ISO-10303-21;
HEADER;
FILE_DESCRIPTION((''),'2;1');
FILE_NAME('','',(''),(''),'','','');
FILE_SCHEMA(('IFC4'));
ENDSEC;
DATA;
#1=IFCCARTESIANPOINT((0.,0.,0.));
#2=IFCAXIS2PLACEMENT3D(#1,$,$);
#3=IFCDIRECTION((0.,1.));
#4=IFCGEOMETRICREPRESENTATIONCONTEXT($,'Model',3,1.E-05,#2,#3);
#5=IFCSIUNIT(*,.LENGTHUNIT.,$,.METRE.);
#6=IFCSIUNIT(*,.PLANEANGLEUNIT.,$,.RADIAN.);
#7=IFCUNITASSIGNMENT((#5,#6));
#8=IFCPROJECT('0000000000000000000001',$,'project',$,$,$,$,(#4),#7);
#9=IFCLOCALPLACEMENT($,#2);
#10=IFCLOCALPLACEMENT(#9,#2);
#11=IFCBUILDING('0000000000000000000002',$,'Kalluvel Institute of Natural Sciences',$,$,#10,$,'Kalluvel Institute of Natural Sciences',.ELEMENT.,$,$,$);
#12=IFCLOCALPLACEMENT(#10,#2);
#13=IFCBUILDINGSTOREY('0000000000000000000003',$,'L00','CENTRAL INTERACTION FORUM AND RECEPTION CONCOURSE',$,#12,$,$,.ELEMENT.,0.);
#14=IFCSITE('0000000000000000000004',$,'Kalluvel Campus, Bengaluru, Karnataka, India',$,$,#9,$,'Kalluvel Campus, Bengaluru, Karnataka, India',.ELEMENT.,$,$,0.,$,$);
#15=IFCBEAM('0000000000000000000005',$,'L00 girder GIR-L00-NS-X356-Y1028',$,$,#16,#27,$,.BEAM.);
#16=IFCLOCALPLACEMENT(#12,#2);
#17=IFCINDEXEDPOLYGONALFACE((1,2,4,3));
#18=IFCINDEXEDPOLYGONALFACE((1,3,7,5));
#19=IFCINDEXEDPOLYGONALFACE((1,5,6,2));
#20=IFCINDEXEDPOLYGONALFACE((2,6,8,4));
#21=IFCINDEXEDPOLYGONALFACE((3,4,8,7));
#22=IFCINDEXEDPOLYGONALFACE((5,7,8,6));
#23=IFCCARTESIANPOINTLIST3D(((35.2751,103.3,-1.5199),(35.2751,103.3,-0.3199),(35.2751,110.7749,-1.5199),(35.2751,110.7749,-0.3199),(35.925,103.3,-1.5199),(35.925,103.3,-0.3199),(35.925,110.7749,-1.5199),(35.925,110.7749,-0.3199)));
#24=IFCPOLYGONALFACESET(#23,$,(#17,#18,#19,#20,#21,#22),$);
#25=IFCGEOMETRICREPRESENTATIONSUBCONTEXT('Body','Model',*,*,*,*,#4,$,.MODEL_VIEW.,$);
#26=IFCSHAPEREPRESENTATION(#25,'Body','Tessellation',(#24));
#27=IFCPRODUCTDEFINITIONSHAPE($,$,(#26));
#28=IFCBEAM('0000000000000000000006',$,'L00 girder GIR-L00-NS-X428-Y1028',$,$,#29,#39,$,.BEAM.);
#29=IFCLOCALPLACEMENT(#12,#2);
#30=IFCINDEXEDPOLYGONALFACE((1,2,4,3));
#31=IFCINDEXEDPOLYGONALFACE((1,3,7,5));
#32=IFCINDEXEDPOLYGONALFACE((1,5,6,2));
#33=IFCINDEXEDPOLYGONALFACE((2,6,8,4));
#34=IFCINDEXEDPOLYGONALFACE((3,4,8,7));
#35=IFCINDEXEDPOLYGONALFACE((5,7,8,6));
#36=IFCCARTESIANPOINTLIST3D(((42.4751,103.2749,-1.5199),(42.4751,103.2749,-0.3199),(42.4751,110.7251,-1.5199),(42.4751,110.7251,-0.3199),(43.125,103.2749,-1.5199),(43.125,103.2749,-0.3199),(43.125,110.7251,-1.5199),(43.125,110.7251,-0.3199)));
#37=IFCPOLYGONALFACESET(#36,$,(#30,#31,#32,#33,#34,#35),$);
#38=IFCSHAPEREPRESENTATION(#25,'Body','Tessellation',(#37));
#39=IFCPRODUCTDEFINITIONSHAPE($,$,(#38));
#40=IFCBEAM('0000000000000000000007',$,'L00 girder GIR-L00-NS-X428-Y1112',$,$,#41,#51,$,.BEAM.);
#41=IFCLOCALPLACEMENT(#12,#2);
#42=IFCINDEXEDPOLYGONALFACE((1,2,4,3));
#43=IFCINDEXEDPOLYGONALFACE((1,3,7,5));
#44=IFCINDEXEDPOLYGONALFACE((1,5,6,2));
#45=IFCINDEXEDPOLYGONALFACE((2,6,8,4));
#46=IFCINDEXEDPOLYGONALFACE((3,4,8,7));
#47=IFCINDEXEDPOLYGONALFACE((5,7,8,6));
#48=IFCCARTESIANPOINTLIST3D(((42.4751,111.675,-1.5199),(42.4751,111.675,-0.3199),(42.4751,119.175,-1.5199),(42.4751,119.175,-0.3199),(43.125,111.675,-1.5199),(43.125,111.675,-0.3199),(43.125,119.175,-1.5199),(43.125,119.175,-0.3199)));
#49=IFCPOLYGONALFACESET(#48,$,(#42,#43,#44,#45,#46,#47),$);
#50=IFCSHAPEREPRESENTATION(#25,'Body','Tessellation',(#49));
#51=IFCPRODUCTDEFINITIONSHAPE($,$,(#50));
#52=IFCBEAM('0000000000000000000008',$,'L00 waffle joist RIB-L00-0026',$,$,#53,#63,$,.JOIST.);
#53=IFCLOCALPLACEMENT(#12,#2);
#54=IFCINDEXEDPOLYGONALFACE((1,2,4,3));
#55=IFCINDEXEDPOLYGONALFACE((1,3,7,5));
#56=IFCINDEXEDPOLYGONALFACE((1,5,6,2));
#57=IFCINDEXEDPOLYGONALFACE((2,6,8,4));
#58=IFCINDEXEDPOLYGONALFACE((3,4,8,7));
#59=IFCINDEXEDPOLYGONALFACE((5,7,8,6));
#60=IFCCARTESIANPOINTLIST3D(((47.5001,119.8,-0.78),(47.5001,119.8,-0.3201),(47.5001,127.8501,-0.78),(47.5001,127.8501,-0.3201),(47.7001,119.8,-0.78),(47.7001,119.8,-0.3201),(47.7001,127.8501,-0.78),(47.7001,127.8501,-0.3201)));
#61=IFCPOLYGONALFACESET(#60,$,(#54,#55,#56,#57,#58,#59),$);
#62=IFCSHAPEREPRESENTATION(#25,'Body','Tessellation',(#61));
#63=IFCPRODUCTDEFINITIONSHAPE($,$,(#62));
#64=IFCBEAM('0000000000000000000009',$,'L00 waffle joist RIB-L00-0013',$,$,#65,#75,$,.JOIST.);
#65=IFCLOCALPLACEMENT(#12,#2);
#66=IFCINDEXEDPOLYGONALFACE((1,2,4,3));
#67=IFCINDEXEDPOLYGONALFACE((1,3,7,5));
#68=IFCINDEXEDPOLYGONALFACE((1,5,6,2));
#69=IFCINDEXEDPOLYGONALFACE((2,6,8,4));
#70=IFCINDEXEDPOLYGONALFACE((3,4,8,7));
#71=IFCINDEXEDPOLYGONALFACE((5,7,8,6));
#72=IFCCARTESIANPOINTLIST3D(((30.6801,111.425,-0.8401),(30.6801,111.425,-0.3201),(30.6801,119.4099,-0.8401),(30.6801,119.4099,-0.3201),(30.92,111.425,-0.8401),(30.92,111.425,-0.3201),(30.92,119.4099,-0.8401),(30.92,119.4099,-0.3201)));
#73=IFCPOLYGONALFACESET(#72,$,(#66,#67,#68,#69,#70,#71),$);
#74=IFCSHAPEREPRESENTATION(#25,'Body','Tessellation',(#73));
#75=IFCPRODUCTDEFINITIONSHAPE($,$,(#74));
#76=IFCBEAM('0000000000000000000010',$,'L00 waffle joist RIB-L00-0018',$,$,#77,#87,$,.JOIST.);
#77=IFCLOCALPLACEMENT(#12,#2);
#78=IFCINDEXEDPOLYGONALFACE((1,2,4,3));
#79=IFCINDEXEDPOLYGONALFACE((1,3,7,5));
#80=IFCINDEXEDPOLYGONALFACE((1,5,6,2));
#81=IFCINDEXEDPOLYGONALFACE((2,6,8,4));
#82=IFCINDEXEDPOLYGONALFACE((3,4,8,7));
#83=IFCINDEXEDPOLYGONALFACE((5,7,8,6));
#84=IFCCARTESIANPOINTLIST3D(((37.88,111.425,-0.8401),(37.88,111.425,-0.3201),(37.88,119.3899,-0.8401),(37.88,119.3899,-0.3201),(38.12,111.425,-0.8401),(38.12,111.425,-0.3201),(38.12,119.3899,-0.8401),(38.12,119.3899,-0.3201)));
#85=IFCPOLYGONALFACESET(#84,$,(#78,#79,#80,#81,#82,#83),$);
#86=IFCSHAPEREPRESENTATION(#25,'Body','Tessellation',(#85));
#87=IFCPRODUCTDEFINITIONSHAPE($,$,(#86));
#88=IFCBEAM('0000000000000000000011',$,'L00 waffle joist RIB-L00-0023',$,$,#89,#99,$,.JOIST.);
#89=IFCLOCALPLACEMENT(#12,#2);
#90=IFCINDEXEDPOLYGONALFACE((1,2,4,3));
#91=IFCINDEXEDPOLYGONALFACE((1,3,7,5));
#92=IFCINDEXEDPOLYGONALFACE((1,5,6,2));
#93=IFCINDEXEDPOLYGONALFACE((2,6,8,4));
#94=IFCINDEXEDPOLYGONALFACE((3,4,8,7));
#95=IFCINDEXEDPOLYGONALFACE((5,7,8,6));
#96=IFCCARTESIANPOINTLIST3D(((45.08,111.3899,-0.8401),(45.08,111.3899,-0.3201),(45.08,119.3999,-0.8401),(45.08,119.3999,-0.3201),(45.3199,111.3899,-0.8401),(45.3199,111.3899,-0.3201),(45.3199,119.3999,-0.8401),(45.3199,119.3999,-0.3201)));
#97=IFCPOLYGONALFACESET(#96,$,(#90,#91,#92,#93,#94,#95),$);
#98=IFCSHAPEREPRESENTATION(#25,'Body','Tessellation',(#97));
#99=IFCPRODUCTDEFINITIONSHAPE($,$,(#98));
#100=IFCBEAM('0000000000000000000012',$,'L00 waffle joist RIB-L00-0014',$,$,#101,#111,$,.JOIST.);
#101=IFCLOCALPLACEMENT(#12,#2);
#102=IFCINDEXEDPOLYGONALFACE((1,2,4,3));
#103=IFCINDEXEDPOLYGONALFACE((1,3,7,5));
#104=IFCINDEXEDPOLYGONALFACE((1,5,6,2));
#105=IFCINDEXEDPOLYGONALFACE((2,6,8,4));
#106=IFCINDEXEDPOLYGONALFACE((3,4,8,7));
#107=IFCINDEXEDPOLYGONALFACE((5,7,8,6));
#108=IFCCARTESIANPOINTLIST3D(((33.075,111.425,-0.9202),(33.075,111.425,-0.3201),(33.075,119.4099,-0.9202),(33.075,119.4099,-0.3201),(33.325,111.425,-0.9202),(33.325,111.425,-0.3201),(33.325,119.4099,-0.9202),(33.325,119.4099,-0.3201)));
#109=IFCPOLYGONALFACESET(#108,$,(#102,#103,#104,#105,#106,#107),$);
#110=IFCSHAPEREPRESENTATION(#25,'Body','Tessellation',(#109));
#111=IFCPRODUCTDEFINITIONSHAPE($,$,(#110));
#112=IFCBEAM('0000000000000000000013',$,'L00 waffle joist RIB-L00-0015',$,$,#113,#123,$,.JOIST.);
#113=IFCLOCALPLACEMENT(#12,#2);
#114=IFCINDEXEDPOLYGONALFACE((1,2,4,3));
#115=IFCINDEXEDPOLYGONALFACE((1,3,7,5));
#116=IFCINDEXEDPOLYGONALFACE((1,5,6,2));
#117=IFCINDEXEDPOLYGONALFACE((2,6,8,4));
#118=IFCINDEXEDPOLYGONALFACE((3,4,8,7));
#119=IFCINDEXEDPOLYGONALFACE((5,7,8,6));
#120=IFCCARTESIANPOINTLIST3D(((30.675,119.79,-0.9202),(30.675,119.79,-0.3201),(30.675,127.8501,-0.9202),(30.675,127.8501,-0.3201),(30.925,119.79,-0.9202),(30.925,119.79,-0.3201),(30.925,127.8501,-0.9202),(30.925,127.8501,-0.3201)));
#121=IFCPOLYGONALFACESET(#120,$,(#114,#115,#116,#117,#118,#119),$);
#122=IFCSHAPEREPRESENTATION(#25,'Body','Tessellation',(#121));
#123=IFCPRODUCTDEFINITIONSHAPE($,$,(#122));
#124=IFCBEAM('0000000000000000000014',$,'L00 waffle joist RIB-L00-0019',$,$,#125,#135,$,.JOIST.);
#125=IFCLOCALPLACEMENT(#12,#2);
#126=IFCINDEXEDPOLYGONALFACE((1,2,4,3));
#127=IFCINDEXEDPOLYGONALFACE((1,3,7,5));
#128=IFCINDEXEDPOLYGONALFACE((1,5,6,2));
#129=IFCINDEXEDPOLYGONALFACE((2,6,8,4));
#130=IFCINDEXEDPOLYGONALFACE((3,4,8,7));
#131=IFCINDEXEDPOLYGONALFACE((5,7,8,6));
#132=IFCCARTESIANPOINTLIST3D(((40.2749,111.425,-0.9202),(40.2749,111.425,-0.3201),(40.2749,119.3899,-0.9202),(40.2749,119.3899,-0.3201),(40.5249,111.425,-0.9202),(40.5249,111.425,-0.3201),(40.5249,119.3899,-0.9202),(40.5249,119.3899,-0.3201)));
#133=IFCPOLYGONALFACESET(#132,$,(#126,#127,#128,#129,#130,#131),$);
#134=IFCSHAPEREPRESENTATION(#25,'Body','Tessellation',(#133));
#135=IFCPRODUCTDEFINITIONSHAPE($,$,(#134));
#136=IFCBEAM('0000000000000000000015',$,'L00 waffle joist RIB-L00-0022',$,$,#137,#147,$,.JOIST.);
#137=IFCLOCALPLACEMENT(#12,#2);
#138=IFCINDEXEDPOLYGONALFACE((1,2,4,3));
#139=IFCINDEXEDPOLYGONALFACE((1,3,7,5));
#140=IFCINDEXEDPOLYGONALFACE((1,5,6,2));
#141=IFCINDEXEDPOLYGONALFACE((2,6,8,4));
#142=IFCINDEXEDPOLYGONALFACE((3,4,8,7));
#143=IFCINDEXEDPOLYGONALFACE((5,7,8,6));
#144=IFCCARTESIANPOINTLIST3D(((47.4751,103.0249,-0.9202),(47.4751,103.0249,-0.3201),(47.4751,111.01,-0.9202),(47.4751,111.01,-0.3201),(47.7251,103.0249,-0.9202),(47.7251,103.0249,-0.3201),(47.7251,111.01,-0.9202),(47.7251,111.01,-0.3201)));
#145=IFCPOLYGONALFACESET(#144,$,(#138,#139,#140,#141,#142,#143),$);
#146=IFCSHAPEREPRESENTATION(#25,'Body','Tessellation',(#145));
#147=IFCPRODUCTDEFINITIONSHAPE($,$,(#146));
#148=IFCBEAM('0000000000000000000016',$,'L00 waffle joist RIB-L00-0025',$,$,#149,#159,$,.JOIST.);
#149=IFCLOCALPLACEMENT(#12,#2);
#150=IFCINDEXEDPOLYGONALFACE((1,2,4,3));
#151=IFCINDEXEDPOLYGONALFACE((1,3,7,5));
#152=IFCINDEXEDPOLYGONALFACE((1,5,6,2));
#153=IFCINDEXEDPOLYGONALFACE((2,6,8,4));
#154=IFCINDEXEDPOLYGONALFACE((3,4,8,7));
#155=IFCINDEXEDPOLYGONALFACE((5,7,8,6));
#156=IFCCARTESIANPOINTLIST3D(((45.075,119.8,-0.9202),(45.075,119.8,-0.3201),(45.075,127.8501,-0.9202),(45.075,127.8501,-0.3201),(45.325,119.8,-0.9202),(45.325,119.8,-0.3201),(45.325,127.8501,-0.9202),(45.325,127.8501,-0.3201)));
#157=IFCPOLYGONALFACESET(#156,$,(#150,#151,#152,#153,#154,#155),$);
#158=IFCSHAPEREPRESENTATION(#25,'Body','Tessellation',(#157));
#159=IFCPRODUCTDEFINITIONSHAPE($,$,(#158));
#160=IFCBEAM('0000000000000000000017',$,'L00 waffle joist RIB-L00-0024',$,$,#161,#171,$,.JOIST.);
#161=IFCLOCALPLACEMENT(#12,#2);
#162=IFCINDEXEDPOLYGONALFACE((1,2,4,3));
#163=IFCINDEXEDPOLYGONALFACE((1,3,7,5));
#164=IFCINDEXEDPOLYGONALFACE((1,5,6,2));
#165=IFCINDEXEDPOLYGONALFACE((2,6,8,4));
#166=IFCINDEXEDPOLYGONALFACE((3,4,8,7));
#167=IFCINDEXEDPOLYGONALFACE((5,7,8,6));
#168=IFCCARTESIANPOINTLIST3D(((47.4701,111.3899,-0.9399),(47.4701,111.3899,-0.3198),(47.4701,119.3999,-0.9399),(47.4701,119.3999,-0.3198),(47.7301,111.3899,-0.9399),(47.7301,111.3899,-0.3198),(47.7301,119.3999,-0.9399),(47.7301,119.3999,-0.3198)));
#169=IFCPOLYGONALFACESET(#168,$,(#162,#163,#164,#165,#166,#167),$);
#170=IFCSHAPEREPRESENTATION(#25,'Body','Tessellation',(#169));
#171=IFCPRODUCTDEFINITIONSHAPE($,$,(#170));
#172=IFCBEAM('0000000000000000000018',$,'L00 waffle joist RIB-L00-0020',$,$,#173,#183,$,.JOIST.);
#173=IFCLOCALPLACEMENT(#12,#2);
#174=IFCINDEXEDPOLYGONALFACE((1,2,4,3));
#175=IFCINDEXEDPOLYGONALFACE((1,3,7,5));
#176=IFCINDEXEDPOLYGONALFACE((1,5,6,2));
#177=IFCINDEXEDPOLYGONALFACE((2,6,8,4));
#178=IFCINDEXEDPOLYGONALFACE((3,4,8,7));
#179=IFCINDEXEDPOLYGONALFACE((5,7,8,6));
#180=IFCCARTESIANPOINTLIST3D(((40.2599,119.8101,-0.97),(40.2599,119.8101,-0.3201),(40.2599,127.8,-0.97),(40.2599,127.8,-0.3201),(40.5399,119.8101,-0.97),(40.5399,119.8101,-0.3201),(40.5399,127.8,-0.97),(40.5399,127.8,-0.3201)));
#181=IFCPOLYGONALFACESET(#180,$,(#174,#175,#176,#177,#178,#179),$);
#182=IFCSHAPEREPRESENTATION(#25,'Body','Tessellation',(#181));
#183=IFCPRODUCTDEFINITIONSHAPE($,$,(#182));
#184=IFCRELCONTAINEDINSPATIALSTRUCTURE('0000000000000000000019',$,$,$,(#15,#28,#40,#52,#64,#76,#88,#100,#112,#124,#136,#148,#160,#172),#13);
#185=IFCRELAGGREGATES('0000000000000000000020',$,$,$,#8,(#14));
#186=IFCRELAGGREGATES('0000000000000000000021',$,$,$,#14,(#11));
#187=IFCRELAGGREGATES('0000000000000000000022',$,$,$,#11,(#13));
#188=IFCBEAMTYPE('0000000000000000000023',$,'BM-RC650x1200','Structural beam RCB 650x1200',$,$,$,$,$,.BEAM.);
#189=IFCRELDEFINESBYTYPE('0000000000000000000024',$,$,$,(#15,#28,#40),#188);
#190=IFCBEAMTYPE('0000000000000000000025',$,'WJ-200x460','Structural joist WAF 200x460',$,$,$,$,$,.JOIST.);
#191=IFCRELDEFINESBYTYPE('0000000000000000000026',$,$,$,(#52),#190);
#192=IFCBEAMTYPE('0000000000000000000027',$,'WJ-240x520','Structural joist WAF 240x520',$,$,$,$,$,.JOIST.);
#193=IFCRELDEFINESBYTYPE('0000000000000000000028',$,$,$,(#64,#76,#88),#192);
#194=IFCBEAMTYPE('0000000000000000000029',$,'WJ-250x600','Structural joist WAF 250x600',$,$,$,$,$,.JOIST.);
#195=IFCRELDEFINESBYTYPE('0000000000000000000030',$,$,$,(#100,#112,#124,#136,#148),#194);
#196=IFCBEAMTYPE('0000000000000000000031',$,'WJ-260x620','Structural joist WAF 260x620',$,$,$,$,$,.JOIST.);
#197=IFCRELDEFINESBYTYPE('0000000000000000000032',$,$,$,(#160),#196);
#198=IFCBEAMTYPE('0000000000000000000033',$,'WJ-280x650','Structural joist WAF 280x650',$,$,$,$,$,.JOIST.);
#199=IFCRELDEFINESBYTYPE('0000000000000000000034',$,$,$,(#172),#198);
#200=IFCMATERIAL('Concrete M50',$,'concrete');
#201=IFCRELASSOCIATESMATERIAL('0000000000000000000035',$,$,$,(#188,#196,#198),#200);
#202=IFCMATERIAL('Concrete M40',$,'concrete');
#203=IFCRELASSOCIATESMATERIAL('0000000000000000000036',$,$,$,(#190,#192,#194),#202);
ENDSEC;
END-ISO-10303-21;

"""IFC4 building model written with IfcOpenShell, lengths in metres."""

from ifc_helpers import new_model, si_unit, direction, frame, origin, origin_2d, place, context, subcontext, project, spatial, rectangle, extrude, material, material_profile, profile_set, type_object, element, save


model = new_model("IFC4")

# Units and contexts
model_context = context("Model", 3, precision=1e-05, world=origin(), true_north=direction((0.0, 1.0)))
body_context = subcontext(model_context, "Body", "Model", "MODEL_VIEW")
ifc_project = project(units=[si_unit("LENGTHUNIT", "METRE"), si_unit("PLANEANGLEUNIT", "RADIAN")], contexts=[model_context])

# Site, building, storey
site_placement = place(None, origin())
site = spatial("IfcSite", under=ifc_project, at=site_placement, Name="Kalluvel Campus, Bengaluru, Karnataka, India", LongName="Kalluvel Campus, Bengaluru, Karnataka, India", CompositionType="ELEMENT", RefElevation=0.0)
building_placement = place(site_placement, origin())
building = spatial("IfcBuilding", under=site, at=building_placement, Name="Kalluvel Institute of Natural Sciences", LongName="Kalluvel Institute of Natural Sciences", CompositionType="ELEMENT")
storey_placement = place(building_placement, origin())
storey = spatial("IfcBuildingStorey", under=building, at=storey_placement, Name="L00", Description="CENTRAL INTERACTION FORUM AND RECEPTION CONCOURSE", CompositionType="ELEMENT", Elevation=0.0)

# Shared definitions
ifc_material_1 = material(Name="Concrete M50", Category="concrete")

# Beams
ifc_material_2 = material(Name="Concrete M40", Category="concrete")
ifc_material_profile_1 = material_profile(ifc_material_1, rectangle(XDim=0.6499, YDim=1.2, at=origin_2d()), Name="RCB 650x1200")
ifc_profile_set_1 = profile_set([ifc_material_profile_1], Name="Concrete M50")
beam_type_1 = type_object("IfcBeamType", Name="BM-RC650x1200", Description="Structural beam RCB 650x1200", PredefinedType="BEAM", material=ifc_profile_set_1)
beam_1_placement = place(storey_placement, frame((35.6001, 103.3, -0.9199), z_axis=(0.0, 1.0, 0.0), x_axis=(-1.0, 0.0, 0.0)))
element("IfcBeam", 1, at=beam_1_placement, inside=storey, type_object=beam_type_1, Name="L00 girder GIR-L00-NS-X356-Y1028", PredefinedType="BEAM", context=body_context, shape_type="SweptSolid", body=[
    extrude(rectangle(XDim=0.6499, YDim=1.2, at=origin_2d()), origin(), (0.0, 0.0, 1.0), 7.4749),
])
beam_2_placement = place(storey_placement, frame((42.8, 103.2749, -0.9199), z_axis=(0.0, 1.0, 0.0), x_axis=(-1.0, 0.0, 0.0)))
element("IfcBeam", 2, at=beam_2_placement, inside=storey, type_object=beam_type_1, Name="L00 girder GIR-L00-NS-X428-Y1028", PredefinedType="BEAM", context=body_context, shape_type="SweptSolid", body=[
    extrude(rectangle(XDim=0.6499, YDim=1.2, at=origin_2d()), origin(), (0.0, 0.0, 1.0), 7.4502),
])
beam_3_placement = place(storey_placement, frame((42.8, 111.675, -0.9199), z_axis=(0.0, 1.0, 0.0), x_axis=(-1.0, 0.0, 0.0)))
element("IfcBeam", 3, at=beam_3_placement, inside=storey, type_object=beam_type_1, Name="L00 girder GIR-L00-NS-X428-Y1112", PredefinedType="BEAM", context=body_context, shape_type="SweptSolid", body=[
    extrude(rectangle(XDim=0.6499, YDim=1.2, at=origin_2d()), origin(), (0.0, 0.0, 1.0), 7.5),
])
ifc_material_profile_2 = material_profile(ifc_material_2, rectangle(XDim=0.2, YDim=0.46, at=origin_2d()), Name="WAF 200x460")
ifc_profile_set_2 = profile_set([ifc_material_profile_2], Name="Concrete M40")
beam_type_2 = type_object("IfcBeamType", Name="WJ-200x460", Description="Structural joist WAF 200x460", PredefinedType="JOIST", material=ifc_profile_set_2)
beam_4_placement = place(storey_placement, frame((47.6001, 119.8, -0.55), z_axis=(0.0, 1.0, 0.0), x_axis=(-1.0, 0.0, 0.0)))
element("IfcBeam", 4, at=beam_4_placement, inside=storey, type_object=beam_type_2, Name="L00 waffle joist RIB-L00-0026", PredefinedType="JOIST", context=body_context, shape_type="SweptSolid", body=[
    extrude(rectangle(XDim=0.2, YDim=0.46, at=origin_2d()), origin(), (0.0, 0.0, 1.0), 8.05),
])
ifc_material_profile_3 = material_profile(ifc_material_2, rectangle(XDim=0.24, YDim=0.52, at=origin_2d()), Name="WAF 240x520")
ifc_profile_set_3 = profile_set([ifc_material_profile_3], Name="Concrete M40")
beam_type_3 = type_object("IfcBeamType", Name="WJ-240x520", Description="Structural joist WAF 240x520", PredefinedType="JOIST", material=ifc_profile_set_3)
beam_5_placement = place(storey_placement, frame((30.8, 111.425, -0.5801), z_axis=(0.0, 1.0, 0.0), x_axis=(-1.0, 0.0, 0.0)))
element("IfcBeam", 5, at=beam_5_placement, inside=storey, type_object=beam_type_3, Name="L00 waffle joist RIB-L00-0013", PredefinedType="JOIST", context=body_context, shape_type="SweptSolid", body=[
    extrude(rectangle(XDim=0.24, YDim=0.52, at=origin_2d()), origin(), (0.0, 0.0, 1.0), 7.9849),
])
beam_6_placement = place(storey_placement, frame((38.0, 111.425, -0.5801), z_axis=(0.0, 1.0, 0.0), x_axis=(-1.0, 0.0, 0.0)))
element("IfcBeam", 6, at=beam_6_placement, inside=storey, type_object=beam_type_3, Name="L00 waffle joist RIB-L00-0018", PredefinedType="JOIST", context=body_context, shape_type="SweptSolid", body=[
    extrude(rectangle(XDim=0.24, YDim=0.52, at=origin_2d()), origin(), (0.0, 0.0, 1.0), 7.9648),
])
beam_7_placement = place(storey_placement, frame((45.2, 111.3899, -0.5801), z_axis=(0.0, 1.0, 0.0), x_axis=(-1.0, 0.0, 0.0)))
element("IfcBeam", 7, at=beam_7_placement, inside=storey, type_object=beam_type_3, Name="L00 waffle joist RIB-L00-0023", PredefinedType="JOIST", context=body_context, shape_type="SweptSolid", body=[
    extrude(rectangle(XDim=0.24, YDim=0.52, at=origin_2d()), origin(), (0.0, 0.0, 1.0), 8.01),
])
ifc_material_profile_4 = material_profile(ifc_material_2, rectangle(XDim=0.25, YDim=0.6001, at=origin_2d()), Name="WAF 250x600")
ifc_profile_set_4 = profile_set([ifc_material_profile_4], Name="Concrete M40")
beam_type_4 = type_object("IfcBeamType", Name="WJ-250x600", Description="Structural joist WAF 250x600", PredefinedType="JOIST", material=ifc_profile_set_4)
beam_8_placement = place(storey_placement, frame((33.2, 111.425, -0.6201), z_axis=(0.0, 1.0, 0.0), x_axis=(-1.0, 0.0, 0.0)))
element("IfcBeam", 8, at=beam_8_placement, inside=storey, type_object=beam_type_4, Name="L00 waffle joist RIB-L00-0014", PredefinedType="JOIST", context=body_context, shape_type="SweptSolid", body=[
    extrude(rectangle(XDim=0.25, YDim=0.6001, at=origin_2d()), origin(), (0.0, 0.0, 1.0), 7.9849),
])
beam_9_placement = place(storey_placement, frame((30.8, 119.79, -0.6201), z_axis=(0.0, 1.0, 0.0), x_axis=(-1.0, 0.0, 0.0)))
element("IfcBeam", 9, at=beam_9_placement, inside=storey, type_object=beam_type_4, Name="L00 waffle joist RIB-L00-0015", PredefinedType="JOIST", context=body_context, shape_type="SweptSolid", body=[
    extrude(rectangle(XDim=0.25, YDim=0.6001, at=origin_2d()), origin(), (0.0, 0.0, 1.0), 8.0601),
])
beam_10_placement = place(storey_placement, frame((40.3999, 111.425, -0.6201), z_axis=(0.0, 1.0, 0.0), x_axis=(-1.0, 0.0, 0.0)))
element("IfcBeam", 10, at=beam_10_placement, inside=storey, type_object=beam_type_4, Name="L00 waffle joist RIB-L00-0019", PredefinedType="JOIST", context=body_context, shape_type="SweptSolid", body=[
    extrude(rectangle(XDim=0.25, YDim=0.6001, at=origin_2d()), origin(), (0.0, 0.0, 1.0), 7.9648),
])
beam_11_placement = place(storey_placement, frame((47.6001, 103.0249, -0.6201), z_axis=(0.0, 1.0, 0.0), x_axis=(-1.0, 0.0, 0.0)))
element("IfcBeam", 11, at=beam_11_placement, inside=storey, type_object=beam_type_4, Name="L00 waffle joist RIB-L00-0022", PredefinedType="JOIST", context=body_context, shape_type="SweptSolid", body=[
    extrude(rectangle(XDim=0.25, YDim=0.6001, at=origin_2d()), origin(), (0.0, 0.0, 1.0), 7.9851),
])
beam_12_placement = place(storey_placement, frame((45.2, 119.8, -0.6201), z_axis=(0.0, 1.0, 0.0), x_axis=(-1.0, 0.0, 0.0)))
element("IfcBeam", 12, at=beam_12_placement, inside=storey, type_object=beam_type_4, Name="L00 waffle joist RIB-L00-0025", PredefinedType="JOIST", context=body_context, shape_type="SweptSolid", body=[
    extrude(rectangle(XDim=0.25, YDim=0.6001, at=origin_2d()), origin(), (0.0, 0.0, 1.0), 8.05),
])
ifc_material_profile_5 = material_profile(ifc_material_1, rectangle(XDim=0.26, YDim=0.6201, at=origin_2d()), Name="WAF 260x620")
ifc_profile_set_5 = profile_set([ifc_material_profile_5], Name="Concrete M50")
beam_type_5 = type_object("IfcBeamType", Name="WJ-260x620", Description="Structural joist WAF 260x620", PredefinedType="JOIST", material=ifc_profile_set_5)
beam_13_placement = place(storey_placement, frame((47.6001, 111.3899, -0.6299), z_axis=(0.0, 1.0, 0.0), x_axis=(-1.0, 0.0, 0.0)))
element("IfcBeam", 13, at=beam_13_placement, inside=storey, type_object=beam_type_5, Name="L00 waffle joist RIB-L00-0024", PredefinedType="JOIST", context=body_context, shape_type="SweptSolid", body=[
    extrude(rectangle(XDim=0.26, YDim=0.6201, at=origin_2d()), origin(), (0.0, 0.0, 1.0), 8.01),
])
ifc_material_profile_6 = material_profile(ifc_material_1, rectangle(XDim=0.28, YDim=0.6499, at=origin_2d()), Name="WAF 280x650")
ifc_profile_set_6 = profile_set([ifc_material_profile_6], Name="Concrete M50")
beam_type_6 = type_object("IfcBeamType", Name="WJ-280x650", Description="Structural joist WAF 280x650", PredefinedType="JOIST", material=ifc_profile_set_6)
beam_14_placement = place(storey_placement, frame((40.3999, 119.8101, -0.645), z_axis=(0.0, 1.0, 0.0), x_axis=(-1.0, 0.0, 0.0)))
element("IfcBeam", 14, at=beam_14_placement, inside=storey, type_object=beam_type_6, Name="L00 waffle joist RIB-L00-0020", PredefinedType="JOIST", context=body_context, shape_type="SweptSolid", body=[
    extrude(rectangle(XDim=0.28, YDim=0.6499, at=origin_2d()), origin(), (0.0, 0.0, 1.0), 7.99),
])

save(model, "model.ifc")
